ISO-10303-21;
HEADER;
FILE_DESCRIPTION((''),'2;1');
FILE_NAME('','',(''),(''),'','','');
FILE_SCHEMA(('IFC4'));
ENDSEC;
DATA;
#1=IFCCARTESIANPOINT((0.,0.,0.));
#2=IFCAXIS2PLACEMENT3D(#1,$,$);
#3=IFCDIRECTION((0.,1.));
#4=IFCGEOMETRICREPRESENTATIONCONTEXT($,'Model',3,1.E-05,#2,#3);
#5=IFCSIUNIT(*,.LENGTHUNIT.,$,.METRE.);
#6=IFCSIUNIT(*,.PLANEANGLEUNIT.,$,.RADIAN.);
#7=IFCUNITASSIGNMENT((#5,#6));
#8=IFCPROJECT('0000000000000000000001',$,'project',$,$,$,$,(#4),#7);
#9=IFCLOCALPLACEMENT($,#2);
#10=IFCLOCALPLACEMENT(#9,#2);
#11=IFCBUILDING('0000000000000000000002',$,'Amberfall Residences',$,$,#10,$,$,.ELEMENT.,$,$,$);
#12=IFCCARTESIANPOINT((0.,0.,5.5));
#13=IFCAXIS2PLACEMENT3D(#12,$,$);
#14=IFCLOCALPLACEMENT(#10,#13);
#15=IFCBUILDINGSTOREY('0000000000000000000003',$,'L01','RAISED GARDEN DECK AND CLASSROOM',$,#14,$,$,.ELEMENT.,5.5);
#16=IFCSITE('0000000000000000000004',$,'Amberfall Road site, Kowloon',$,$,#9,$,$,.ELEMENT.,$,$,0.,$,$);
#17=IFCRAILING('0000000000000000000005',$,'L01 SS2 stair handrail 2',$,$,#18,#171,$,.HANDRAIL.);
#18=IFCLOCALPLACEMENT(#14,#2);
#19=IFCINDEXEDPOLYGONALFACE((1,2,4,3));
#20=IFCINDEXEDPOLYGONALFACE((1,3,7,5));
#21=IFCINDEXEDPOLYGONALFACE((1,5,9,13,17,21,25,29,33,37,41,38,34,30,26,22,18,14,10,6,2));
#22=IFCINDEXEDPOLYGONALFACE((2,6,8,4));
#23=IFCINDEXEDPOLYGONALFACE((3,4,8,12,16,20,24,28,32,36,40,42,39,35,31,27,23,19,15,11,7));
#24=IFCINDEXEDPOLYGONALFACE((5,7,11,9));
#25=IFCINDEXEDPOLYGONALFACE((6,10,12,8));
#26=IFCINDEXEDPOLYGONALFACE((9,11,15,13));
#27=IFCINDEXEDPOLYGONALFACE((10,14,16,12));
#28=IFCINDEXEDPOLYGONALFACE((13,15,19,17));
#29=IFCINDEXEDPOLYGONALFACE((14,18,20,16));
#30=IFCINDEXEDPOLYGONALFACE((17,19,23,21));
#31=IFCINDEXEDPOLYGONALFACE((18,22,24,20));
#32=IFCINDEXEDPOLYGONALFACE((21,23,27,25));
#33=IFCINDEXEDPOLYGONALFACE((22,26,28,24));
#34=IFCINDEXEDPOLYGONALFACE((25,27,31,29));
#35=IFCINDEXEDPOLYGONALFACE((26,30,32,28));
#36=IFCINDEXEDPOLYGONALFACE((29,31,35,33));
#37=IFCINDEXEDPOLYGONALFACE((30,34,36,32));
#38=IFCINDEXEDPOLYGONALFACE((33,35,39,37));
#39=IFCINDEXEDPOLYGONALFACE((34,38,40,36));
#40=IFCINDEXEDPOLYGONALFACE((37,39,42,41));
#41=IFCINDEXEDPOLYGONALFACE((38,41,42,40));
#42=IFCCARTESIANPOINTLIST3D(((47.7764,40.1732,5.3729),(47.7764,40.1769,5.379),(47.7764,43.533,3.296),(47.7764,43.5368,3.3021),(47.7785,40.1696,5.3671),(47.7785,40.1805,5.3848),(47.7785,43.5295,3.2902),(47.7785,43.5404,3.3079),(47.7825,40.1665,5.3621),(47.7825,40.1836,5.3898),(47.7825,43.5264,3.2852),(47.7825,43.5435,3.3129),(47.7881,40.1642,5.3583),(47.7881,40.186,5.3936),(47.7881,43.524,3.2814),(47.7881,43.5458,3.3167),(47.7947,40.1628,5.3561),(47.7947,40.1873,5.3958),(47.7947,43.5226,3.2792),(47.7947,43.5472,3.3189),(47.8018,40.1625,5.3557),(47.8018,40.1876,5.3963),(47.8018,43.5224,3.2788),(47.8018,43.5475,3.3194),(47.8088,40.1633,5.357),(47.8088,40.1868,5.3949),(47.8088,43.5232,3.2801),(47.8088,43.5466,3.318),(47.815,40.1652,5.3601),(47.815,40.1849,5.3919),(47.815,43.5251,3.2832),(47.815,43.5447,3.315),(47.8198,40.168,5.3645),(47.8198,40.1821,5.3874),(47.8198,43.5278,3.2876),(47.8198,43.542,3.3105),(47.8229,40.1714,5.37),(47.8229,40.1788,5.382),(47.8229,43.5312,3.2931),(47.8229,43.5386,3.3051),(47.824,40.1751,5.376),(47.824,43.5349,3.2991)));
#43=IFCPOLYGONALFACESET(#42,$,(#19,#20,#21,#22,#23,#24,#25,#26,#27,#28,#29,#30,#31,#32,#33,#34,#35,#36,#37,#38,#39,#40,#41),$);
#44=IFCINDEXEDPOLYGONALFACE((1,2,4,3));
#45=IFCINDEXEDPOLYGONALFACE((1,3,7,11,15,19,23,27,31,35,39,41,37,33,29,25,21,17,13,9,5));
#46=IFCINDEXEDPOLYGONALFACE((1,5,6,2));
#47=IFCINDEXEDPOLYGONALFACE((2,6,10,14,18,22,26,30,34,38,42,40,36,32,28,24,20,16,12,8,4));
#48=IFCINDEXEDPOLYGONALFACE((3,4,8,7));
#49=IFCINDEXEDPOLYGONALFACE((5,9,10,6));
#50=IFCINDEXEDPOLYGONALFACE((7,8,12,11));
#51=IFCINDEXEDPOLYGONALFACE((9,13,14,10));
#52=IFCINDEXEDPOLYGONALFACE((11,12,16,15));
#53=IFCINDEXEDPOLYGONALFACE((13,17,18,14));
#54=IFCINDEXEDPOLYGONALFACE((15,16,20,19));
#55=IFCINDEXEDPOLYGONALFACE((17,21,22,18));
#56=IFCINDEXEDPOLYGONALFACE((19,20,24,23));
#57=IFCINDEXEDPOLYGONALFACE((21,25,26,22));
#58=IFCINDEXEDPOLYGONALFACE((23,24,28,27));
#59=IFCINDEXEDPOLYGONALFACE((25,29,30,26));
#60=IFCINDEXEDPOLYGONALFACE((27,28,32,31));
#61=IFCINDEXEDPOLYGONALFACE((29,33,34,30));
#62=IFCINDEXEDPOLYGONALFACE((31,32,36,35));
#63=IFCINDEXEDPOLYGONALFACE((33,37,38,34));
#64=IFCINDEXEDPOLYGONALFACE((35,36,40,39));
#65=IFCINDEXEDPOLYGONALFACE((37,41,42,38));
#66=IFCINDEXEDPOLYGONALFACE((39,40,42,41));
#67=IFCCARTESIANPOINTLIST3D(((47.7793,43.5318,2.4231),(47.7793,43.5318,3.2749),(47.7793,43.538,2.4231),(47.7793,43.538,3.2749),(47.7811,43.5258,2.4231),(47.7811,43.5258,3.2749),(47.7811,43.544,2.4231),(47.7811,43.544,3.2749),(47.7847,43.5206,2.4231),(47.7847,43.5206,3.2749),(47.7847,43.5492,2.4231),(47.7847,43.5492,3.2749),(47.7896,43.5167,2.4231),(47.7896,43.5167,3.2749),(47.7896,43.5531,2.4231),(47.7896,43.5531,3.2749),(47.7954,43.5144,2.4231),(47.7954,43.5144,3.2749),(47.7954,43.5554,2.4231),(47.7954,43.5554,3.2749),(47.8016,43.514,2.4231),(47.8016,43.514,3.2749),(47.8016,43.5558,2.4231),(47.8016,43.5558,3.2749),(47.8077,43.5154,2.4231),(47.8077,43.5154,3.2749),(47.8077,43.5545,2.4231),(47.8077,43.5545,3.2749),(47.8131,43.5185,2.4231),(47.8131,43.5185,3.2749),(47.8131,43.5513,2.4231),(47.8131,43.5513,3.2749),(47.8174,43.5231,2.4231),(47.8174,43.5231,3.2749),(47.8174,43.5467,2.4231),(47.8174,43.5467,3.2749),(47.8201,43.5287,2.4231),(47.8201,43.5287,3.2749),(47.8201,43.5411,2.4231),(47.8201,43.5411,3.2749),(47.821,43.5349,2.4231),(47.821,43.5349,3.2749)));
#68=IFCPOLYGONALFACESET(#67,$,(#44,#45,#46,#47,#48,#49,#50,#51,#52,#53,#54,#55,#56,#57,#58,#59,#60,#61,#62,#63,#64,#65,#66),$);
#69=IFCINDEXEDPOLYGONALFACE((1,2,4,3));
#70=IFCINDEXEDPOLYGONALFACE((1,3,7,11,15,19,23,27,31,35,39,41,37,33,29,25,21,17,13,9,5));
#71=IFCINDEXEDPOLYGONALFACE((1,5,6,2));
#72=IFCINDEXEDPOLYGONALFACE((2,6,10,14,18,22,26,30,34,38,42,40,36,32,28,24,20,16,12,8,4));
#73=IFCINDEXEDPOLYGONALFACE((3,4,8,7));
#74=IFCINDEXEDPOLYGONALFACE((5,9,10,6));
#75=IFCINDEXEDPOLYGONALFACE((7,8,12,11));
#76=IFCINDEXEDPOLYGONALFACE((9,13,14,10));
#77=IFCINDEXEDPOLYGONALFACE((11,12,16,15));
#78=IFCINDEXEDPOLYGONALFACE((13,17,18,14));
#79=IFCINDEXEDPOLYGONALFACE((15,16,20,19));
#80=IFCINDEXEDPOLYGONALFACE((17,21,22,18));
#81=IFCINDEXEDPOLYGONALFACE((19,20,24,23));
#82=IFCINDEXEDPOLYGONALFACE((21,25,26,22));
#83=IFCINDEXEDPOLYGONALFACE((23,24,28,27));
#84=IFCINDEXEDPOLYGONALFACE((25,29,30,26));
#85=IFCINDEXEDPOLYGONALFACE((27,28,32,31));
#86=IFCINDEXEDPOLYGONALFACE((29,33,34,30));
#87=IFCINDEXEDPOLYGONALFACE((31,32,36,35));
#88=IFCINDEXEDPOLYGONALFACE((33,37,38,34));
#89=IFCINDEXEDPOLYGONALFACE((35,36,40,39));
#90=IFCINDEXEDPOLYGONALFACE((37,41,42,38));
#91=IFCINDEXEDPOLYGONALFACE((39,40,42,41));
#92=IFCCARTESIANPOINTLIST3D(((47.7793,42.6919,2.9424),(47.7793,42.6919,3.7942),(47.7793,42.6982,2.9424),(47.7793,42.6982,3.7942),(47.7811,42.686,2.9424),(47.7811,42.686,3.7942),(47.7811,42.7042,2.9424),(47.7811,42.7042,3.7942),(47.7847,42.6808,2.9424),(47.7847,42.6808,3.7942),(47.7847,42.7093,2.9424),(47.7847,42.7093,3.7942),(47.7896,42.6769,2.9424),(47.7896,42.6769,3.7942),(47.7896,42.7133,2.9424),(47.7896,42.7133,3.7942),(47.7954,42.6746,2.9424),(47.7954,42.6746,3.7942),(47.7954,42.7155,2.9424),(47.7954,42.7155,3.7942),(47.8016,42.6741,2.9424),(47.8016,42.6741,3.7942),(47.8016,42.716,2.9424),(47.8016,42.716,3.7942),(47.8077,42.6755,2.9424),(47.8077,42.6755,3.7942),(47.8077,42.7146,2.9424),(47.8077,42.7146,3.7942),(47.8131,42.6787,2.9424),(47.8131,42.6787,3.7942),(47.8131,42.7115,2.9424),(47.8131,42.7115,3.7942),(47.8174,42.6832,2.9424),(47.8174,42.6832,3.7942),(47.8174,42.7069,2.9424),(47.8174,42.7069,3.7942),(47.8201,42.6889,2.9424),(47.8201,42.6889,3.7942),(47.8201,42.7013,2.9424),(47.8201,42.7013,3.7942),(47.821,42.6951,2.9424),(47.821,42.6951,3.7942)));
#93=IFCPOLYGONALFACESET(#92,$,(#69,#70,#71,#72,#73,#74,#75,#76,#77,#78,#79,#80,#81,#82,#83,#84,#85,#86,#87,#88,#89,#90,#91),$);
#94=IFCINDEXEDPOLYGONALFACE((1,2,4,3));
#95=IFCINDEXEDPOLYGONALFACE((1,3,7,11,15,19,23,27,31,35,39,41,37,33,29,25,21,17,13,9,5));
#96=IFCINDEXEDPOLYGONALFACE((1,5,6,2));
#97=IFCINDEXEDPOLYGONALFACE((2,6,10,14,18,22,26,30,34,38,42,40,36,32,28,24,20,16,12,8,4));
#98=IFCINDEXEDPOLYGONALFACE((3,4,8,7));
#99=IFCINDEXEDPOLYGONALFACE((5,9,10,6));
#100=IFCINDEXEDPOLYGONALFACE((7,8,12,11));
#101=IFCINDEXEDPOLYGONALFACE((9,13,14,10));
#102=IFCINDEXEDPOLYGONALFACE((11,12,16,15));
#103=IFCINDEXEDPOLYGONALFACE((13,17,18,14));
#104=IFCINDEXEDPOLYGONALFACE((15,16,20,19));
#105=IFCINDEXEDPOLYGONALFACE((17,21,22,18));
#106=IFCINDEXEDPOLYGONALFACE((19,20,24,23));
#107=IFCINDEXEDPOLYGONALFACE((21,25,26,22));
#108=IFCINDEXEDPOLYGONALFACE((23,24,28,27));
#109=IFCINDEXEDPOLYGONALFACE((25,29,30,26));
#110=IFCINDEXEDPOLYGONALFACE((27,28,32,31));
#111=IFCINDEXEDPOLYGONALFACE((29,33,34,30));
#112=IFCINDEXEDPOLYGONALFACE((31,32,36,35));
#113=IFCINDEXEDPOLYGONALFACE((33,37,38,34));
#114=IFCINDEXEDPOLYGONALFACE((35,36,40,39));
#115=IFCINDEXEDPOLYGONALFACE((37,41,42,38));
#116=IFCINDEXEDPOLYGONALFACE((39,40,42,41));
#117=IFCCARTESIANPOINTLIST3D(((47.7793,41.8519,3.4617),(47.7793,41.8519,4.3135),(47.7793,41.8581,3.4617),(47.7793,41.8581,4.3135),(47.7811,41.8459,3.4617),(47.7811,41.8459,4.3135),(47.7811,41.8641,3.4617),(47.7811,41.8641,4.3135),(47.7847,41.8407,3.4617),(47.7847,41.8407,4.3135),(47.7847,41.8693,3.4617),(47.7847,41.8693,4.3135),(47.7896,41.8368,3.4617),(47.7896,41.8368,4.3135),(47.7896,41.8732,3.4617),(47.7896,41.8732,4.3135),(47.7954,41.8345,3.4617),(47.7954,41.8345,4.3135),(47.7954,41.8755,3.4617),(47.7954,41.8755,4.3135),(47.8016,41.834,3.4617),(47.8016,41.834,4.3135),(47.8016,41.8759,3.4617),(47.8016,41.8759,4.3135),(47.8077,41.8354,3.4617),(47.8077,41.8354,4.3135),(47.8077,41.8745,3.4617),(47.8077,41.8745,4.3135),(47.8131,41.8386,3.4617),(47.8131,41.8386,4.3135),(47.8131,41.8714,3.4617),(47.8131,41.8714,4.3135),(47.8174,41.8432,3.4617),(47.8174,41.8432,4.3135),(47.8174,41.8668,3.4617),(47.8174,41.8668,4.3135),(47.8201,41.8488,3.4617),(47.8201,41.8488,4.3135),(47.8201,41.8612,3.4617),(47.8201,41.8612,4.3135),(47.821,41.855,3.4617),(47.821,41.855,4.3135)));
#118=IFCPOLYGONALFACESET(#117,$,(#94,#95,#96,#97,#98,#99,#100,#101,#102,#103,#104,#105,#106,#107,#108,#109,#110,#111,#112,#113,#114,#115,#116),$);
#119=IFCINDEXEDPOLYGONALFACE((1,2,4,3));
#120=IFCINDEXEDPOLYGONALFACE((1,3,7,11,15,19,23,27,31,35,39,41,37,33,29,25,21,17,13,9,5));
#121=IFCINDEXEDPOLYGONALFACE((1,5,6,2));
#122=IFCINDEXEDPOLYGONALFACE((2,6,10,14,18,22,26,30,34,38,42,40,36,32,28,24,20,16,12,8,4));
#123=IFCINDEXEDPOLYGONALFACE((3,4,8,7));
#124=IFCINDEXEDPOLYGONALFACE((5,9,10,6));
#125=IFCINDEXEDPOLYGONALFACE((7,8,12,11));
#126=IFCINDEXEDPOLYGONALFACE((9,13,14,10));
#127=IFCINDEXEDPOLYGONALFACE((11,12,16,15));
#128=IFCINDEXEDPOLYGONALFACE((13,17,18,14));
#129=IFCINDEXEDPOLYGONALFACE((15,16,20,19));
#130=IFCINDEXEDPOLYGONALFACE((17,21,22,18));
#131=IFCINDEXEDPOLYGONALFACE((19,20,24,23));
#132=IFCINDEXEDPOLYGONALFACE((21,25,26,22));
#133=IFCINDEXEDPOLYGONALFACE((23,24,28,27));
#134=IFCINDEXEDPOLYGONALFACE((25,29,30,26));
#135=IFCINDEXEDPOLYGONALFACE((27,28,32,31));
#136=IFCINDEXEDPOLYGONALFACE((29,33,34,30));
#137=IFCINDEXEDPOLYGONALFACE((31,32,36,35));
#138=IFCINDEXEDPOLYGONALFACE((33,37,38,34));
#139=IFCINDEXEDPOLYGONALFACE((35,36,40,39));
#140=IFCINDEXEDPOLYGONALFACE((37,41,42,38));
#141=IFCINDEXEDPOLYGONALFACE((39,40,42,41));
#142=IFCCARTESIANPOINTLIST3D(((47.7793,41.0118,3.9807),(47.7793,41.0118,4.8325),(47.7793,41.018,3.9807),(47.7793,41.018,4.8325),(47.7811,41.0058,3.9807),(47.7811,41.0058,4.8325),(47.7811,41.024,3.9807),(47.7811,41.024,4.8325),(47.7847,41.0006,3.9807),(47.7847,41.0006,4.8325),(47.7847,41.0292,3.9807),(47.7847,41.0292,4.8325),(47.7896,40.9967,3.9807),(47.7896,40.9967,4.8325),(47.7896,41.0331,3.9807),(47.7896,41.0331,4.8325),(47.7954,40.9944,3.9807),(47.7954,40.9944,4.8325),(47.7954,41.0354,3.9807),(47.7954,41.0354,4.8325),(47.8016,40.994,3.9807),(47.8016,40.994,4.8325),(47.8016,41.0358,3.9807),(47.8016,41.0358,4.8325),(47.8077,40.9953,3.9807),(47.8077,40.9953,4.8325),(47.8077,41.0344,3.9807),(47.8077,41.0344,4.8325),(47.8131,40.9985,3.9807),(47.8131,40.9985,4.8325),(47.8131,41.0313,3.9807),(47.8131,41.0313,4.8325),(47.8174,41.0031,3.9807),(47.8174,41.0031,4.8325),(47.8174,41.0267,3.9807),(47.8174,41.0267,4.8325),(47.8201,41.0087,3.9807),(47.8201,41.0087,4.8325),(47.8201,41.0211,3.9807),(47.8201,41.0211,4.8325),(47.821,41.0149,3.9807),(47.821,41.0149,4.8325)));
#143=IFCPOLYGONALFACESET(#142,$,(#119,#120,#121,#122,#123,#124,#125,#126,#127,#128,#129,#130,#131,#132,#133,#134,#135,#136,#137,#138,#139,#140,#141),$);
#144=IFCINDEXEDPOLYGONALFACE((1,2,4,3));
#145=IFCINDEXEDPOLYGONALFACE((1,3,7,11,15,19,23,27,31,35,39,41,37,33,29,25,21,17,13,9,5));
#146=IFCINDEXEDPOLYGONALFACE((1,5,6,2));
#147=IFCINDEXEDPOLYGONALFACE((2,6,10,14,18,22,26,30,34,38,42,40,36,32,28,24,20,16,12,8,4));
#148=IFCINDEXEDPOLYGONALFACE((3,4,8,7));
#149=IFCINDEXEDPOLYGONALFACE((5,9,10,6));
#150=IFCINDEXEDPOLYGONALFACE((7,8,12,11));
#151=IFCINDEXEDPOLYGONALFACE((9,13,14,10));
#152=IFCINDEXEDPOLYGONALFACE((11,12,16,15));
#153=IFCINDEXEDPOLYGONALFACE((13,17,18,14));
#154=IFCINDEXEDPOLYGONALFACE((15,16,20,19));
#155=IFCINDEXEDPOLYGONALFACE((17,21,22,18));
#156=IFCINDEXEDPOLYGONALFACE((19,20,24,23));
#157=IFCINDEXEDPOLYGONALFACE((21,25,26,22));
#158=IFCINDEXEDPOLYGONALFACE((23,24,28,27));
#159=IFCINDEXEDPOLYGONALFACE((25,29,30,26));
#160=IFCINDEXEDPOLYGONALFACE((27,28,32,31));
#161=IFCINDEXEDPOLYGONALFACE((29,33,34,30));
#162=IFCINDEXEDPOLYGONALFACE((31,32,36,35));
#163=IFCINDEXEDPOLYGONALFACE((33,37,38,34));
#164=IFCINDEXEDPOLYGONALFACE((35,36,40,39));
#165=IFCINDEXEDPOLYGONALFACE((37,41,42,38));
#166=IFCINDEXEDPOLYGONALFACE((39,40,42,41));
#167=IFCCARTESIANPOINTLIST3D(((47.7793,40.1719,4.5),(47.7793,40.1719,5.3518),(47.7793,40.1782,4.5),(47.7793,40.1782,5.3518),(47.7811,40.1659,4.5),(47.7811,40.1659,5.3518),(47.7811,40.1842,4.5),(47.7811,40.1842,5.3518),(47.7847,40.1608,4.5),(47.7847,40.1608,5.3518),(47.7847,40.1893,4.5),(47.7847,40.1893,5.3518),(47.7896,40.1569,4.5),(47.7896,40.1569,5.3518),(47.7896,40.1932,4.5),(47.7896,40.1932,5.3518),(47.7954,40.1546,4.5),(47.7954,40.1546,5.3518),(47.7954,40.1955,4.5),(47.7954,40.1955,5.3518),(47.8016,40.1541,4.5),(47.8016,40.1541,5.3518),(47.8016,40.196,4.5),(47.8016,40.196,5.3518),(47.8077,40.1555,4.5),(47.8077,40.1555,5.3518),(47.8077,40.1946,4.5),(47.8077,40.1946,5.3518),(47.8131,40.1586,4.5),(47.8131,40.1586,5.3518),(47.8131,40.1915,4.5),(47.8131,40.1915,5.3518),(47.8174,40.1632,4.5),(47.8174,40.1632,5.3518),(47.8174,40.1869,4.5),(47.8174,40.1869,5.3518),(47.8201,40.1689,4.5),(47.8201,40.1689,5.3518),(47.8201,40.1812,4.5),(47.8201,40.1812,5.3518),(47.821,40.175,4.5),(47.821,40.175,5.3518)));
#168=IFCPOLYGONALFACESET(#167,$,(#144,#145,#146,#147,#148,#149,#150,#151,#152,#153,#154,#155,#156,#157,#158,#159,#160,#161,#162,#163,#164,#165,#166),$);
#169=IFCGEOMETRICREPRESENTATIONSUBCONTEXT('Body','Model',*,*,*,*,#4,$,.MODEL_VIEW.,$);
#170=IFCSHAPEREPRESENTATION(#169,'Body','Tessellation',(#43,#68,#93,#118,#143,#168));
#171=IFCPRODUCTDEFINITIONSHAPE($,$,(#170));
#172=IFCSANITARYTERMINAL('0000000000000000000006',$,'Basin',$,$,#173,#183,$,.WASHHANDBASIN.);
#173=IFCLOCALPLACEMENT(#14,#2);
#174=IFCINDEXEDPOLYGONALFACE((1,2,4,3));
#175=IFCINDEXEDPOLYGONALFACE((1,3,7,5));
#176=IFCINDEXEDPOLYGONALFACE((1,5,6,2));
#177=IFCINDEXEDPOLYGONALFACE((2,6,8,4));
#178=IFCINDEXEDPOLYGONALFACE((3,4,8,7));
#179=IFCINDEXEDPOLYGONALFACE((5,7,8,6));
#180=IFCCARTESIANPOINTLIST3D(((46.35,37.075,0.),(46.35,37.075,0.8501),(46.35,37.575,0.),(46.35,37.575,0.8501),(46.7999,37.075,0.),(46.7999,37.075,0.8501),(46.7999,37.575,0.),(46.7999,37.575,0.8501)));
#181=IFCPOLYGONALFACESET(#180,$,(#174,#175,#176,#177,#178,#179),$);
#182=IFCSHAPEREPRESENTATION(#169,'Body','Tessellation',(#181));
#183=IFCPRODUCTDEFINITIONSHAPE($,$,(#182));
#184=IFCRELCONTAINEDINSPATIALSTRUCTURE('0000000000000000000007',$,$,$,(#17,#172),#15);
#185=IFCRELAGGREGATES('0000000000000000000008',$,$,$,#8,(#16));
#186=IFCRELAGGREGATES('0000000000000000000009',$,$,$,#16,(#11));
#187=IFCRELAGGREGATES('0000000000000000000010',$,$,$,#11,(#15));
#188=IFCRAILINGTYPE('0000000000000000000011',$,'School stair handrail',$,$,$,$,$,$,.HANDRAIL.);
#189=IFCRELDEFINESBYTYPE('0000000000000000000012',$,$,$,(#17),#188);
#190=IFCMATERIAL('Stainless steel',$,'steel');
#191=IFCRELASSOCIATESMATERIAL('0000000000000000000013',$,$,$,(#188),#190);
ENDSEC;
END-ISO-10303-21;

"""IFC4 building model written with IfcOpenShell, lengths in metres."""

from ifc_helpers import new_model, si_unit, direction, frame, origin, origin_2d, place, context, subcontext, project, spatial, rectangle, circle, extrude, material, type_object, element, save


model = new_model("IFC4")

# Units and contexts
model_context = context("Model", 3, precision=1e-05, world=origin(), true_north=direction((0.0, 1.0)))
body_context = subcontext(model_context, "Body", "Model", "MODEL_VIEW")
ifc_project = project(units=[si_unit("LENGTHUNIT", "METRE"), si_unit("PLANEANGLEUNIT", "RADIAN")], contexts=[model_context])

# Site, building, storey
site_placement = place(None, origin())
site = spatial("IfcSite", under=ifc_project, at=site_placement, Name="Amberfall Road site, Kowloon", CompositionType="ELEMENT", RefElevation=0.0)
building_placement = place(site_placement, origin())
building = spatial("IfcBuilding", under=site, at=building_placement, Name="Amberfall Residences", CompositionType="ELEMENT")
storey_placement = place(building_placement, frame((0.0, 0.0, 5.5)))
storey = spatial("IfcBuildingStorey", under=building, at=storey_placement, Name="L01", Description="RAISED GARDEN DECK AND CLASSROOM", CompositionType="ELEMENT", Elevation=5.5)

# Railing
ifc_material_1 = material(Name="Stainless steel", Category="steel")
railing_type = type_object("IfcRailingType", Name="School stair handrail", PredefinedType="HANDRAIL", material=ifc_material_1)
railing_placement = place(storey_placement, frame((47.8, 43.5349, 2.4231)))
element("IfcRailing", 1, at=railing_placement, inside=storey, type_object=railing_type, Name="L01 SS2 stair handrail 2", PredefinedType="HANDRAIL", context=body_context, shape_type="SweptSolid", body=[
    extrude(circle(Radius=0.0239, at=origin_2d()), frame((0.0, 0.0, 0.876), z_axis=(0.0, -0.850606, 0.525803), x_axis=(1.0, 0.0, 0.0)), (0.0, 0.0, 1.0), 3.95),
    extrude(circle(Radius=0.021, at=origin_2d()), origin(), (0.0, 0.0, 1.0), 0.8518),
    extrude(circle(Radius=0.021, at=origin_2d()), frame((0.0, -0.8398, 0.5193)), (0.0, 0.0, 1.0), 0.8518),
    extrude(circle(Radius=0.021, at=origin_2d()), frame((0.0, -1.6799, 1.0386)), (0.0, 0.0, 1.0), 0.8518),
    extrude(circle(Radius=0.021, at=origin_2d()), frame((0.0, -2.52, 1.5576)), (0.0, 0.0, 1.0), 0.8518),
    extrude(circle(Radius=0.021, at=origin_2d()), frame((0.0, -3.3599, 2.0769)), (0.0, 0.0, 1.0), 0.8518),
])

# Sanitary terminal
sanitary_terminal_placement = place(storey_placement, frame((46.575, 37.325, 0.0), z_axis=(0.0, 0.0, 1.0), x_axis=(1.0, 0.0, 0.0)))
element("IfcSanitaryTerminal", 2, at=sanitary_terminal_placement, inside=storey, Name="Basin", PredefinedType="WASHHANDBASIN", context=body_context, shape_type="SweptSolid", body=[
    extrude(rectangle(XDim=0.45, YDim=0.5, at=origin_2d()), origin(), (0.0, 0.0, 1.0), 0.8501),
])

save(model, "model.ifc")
